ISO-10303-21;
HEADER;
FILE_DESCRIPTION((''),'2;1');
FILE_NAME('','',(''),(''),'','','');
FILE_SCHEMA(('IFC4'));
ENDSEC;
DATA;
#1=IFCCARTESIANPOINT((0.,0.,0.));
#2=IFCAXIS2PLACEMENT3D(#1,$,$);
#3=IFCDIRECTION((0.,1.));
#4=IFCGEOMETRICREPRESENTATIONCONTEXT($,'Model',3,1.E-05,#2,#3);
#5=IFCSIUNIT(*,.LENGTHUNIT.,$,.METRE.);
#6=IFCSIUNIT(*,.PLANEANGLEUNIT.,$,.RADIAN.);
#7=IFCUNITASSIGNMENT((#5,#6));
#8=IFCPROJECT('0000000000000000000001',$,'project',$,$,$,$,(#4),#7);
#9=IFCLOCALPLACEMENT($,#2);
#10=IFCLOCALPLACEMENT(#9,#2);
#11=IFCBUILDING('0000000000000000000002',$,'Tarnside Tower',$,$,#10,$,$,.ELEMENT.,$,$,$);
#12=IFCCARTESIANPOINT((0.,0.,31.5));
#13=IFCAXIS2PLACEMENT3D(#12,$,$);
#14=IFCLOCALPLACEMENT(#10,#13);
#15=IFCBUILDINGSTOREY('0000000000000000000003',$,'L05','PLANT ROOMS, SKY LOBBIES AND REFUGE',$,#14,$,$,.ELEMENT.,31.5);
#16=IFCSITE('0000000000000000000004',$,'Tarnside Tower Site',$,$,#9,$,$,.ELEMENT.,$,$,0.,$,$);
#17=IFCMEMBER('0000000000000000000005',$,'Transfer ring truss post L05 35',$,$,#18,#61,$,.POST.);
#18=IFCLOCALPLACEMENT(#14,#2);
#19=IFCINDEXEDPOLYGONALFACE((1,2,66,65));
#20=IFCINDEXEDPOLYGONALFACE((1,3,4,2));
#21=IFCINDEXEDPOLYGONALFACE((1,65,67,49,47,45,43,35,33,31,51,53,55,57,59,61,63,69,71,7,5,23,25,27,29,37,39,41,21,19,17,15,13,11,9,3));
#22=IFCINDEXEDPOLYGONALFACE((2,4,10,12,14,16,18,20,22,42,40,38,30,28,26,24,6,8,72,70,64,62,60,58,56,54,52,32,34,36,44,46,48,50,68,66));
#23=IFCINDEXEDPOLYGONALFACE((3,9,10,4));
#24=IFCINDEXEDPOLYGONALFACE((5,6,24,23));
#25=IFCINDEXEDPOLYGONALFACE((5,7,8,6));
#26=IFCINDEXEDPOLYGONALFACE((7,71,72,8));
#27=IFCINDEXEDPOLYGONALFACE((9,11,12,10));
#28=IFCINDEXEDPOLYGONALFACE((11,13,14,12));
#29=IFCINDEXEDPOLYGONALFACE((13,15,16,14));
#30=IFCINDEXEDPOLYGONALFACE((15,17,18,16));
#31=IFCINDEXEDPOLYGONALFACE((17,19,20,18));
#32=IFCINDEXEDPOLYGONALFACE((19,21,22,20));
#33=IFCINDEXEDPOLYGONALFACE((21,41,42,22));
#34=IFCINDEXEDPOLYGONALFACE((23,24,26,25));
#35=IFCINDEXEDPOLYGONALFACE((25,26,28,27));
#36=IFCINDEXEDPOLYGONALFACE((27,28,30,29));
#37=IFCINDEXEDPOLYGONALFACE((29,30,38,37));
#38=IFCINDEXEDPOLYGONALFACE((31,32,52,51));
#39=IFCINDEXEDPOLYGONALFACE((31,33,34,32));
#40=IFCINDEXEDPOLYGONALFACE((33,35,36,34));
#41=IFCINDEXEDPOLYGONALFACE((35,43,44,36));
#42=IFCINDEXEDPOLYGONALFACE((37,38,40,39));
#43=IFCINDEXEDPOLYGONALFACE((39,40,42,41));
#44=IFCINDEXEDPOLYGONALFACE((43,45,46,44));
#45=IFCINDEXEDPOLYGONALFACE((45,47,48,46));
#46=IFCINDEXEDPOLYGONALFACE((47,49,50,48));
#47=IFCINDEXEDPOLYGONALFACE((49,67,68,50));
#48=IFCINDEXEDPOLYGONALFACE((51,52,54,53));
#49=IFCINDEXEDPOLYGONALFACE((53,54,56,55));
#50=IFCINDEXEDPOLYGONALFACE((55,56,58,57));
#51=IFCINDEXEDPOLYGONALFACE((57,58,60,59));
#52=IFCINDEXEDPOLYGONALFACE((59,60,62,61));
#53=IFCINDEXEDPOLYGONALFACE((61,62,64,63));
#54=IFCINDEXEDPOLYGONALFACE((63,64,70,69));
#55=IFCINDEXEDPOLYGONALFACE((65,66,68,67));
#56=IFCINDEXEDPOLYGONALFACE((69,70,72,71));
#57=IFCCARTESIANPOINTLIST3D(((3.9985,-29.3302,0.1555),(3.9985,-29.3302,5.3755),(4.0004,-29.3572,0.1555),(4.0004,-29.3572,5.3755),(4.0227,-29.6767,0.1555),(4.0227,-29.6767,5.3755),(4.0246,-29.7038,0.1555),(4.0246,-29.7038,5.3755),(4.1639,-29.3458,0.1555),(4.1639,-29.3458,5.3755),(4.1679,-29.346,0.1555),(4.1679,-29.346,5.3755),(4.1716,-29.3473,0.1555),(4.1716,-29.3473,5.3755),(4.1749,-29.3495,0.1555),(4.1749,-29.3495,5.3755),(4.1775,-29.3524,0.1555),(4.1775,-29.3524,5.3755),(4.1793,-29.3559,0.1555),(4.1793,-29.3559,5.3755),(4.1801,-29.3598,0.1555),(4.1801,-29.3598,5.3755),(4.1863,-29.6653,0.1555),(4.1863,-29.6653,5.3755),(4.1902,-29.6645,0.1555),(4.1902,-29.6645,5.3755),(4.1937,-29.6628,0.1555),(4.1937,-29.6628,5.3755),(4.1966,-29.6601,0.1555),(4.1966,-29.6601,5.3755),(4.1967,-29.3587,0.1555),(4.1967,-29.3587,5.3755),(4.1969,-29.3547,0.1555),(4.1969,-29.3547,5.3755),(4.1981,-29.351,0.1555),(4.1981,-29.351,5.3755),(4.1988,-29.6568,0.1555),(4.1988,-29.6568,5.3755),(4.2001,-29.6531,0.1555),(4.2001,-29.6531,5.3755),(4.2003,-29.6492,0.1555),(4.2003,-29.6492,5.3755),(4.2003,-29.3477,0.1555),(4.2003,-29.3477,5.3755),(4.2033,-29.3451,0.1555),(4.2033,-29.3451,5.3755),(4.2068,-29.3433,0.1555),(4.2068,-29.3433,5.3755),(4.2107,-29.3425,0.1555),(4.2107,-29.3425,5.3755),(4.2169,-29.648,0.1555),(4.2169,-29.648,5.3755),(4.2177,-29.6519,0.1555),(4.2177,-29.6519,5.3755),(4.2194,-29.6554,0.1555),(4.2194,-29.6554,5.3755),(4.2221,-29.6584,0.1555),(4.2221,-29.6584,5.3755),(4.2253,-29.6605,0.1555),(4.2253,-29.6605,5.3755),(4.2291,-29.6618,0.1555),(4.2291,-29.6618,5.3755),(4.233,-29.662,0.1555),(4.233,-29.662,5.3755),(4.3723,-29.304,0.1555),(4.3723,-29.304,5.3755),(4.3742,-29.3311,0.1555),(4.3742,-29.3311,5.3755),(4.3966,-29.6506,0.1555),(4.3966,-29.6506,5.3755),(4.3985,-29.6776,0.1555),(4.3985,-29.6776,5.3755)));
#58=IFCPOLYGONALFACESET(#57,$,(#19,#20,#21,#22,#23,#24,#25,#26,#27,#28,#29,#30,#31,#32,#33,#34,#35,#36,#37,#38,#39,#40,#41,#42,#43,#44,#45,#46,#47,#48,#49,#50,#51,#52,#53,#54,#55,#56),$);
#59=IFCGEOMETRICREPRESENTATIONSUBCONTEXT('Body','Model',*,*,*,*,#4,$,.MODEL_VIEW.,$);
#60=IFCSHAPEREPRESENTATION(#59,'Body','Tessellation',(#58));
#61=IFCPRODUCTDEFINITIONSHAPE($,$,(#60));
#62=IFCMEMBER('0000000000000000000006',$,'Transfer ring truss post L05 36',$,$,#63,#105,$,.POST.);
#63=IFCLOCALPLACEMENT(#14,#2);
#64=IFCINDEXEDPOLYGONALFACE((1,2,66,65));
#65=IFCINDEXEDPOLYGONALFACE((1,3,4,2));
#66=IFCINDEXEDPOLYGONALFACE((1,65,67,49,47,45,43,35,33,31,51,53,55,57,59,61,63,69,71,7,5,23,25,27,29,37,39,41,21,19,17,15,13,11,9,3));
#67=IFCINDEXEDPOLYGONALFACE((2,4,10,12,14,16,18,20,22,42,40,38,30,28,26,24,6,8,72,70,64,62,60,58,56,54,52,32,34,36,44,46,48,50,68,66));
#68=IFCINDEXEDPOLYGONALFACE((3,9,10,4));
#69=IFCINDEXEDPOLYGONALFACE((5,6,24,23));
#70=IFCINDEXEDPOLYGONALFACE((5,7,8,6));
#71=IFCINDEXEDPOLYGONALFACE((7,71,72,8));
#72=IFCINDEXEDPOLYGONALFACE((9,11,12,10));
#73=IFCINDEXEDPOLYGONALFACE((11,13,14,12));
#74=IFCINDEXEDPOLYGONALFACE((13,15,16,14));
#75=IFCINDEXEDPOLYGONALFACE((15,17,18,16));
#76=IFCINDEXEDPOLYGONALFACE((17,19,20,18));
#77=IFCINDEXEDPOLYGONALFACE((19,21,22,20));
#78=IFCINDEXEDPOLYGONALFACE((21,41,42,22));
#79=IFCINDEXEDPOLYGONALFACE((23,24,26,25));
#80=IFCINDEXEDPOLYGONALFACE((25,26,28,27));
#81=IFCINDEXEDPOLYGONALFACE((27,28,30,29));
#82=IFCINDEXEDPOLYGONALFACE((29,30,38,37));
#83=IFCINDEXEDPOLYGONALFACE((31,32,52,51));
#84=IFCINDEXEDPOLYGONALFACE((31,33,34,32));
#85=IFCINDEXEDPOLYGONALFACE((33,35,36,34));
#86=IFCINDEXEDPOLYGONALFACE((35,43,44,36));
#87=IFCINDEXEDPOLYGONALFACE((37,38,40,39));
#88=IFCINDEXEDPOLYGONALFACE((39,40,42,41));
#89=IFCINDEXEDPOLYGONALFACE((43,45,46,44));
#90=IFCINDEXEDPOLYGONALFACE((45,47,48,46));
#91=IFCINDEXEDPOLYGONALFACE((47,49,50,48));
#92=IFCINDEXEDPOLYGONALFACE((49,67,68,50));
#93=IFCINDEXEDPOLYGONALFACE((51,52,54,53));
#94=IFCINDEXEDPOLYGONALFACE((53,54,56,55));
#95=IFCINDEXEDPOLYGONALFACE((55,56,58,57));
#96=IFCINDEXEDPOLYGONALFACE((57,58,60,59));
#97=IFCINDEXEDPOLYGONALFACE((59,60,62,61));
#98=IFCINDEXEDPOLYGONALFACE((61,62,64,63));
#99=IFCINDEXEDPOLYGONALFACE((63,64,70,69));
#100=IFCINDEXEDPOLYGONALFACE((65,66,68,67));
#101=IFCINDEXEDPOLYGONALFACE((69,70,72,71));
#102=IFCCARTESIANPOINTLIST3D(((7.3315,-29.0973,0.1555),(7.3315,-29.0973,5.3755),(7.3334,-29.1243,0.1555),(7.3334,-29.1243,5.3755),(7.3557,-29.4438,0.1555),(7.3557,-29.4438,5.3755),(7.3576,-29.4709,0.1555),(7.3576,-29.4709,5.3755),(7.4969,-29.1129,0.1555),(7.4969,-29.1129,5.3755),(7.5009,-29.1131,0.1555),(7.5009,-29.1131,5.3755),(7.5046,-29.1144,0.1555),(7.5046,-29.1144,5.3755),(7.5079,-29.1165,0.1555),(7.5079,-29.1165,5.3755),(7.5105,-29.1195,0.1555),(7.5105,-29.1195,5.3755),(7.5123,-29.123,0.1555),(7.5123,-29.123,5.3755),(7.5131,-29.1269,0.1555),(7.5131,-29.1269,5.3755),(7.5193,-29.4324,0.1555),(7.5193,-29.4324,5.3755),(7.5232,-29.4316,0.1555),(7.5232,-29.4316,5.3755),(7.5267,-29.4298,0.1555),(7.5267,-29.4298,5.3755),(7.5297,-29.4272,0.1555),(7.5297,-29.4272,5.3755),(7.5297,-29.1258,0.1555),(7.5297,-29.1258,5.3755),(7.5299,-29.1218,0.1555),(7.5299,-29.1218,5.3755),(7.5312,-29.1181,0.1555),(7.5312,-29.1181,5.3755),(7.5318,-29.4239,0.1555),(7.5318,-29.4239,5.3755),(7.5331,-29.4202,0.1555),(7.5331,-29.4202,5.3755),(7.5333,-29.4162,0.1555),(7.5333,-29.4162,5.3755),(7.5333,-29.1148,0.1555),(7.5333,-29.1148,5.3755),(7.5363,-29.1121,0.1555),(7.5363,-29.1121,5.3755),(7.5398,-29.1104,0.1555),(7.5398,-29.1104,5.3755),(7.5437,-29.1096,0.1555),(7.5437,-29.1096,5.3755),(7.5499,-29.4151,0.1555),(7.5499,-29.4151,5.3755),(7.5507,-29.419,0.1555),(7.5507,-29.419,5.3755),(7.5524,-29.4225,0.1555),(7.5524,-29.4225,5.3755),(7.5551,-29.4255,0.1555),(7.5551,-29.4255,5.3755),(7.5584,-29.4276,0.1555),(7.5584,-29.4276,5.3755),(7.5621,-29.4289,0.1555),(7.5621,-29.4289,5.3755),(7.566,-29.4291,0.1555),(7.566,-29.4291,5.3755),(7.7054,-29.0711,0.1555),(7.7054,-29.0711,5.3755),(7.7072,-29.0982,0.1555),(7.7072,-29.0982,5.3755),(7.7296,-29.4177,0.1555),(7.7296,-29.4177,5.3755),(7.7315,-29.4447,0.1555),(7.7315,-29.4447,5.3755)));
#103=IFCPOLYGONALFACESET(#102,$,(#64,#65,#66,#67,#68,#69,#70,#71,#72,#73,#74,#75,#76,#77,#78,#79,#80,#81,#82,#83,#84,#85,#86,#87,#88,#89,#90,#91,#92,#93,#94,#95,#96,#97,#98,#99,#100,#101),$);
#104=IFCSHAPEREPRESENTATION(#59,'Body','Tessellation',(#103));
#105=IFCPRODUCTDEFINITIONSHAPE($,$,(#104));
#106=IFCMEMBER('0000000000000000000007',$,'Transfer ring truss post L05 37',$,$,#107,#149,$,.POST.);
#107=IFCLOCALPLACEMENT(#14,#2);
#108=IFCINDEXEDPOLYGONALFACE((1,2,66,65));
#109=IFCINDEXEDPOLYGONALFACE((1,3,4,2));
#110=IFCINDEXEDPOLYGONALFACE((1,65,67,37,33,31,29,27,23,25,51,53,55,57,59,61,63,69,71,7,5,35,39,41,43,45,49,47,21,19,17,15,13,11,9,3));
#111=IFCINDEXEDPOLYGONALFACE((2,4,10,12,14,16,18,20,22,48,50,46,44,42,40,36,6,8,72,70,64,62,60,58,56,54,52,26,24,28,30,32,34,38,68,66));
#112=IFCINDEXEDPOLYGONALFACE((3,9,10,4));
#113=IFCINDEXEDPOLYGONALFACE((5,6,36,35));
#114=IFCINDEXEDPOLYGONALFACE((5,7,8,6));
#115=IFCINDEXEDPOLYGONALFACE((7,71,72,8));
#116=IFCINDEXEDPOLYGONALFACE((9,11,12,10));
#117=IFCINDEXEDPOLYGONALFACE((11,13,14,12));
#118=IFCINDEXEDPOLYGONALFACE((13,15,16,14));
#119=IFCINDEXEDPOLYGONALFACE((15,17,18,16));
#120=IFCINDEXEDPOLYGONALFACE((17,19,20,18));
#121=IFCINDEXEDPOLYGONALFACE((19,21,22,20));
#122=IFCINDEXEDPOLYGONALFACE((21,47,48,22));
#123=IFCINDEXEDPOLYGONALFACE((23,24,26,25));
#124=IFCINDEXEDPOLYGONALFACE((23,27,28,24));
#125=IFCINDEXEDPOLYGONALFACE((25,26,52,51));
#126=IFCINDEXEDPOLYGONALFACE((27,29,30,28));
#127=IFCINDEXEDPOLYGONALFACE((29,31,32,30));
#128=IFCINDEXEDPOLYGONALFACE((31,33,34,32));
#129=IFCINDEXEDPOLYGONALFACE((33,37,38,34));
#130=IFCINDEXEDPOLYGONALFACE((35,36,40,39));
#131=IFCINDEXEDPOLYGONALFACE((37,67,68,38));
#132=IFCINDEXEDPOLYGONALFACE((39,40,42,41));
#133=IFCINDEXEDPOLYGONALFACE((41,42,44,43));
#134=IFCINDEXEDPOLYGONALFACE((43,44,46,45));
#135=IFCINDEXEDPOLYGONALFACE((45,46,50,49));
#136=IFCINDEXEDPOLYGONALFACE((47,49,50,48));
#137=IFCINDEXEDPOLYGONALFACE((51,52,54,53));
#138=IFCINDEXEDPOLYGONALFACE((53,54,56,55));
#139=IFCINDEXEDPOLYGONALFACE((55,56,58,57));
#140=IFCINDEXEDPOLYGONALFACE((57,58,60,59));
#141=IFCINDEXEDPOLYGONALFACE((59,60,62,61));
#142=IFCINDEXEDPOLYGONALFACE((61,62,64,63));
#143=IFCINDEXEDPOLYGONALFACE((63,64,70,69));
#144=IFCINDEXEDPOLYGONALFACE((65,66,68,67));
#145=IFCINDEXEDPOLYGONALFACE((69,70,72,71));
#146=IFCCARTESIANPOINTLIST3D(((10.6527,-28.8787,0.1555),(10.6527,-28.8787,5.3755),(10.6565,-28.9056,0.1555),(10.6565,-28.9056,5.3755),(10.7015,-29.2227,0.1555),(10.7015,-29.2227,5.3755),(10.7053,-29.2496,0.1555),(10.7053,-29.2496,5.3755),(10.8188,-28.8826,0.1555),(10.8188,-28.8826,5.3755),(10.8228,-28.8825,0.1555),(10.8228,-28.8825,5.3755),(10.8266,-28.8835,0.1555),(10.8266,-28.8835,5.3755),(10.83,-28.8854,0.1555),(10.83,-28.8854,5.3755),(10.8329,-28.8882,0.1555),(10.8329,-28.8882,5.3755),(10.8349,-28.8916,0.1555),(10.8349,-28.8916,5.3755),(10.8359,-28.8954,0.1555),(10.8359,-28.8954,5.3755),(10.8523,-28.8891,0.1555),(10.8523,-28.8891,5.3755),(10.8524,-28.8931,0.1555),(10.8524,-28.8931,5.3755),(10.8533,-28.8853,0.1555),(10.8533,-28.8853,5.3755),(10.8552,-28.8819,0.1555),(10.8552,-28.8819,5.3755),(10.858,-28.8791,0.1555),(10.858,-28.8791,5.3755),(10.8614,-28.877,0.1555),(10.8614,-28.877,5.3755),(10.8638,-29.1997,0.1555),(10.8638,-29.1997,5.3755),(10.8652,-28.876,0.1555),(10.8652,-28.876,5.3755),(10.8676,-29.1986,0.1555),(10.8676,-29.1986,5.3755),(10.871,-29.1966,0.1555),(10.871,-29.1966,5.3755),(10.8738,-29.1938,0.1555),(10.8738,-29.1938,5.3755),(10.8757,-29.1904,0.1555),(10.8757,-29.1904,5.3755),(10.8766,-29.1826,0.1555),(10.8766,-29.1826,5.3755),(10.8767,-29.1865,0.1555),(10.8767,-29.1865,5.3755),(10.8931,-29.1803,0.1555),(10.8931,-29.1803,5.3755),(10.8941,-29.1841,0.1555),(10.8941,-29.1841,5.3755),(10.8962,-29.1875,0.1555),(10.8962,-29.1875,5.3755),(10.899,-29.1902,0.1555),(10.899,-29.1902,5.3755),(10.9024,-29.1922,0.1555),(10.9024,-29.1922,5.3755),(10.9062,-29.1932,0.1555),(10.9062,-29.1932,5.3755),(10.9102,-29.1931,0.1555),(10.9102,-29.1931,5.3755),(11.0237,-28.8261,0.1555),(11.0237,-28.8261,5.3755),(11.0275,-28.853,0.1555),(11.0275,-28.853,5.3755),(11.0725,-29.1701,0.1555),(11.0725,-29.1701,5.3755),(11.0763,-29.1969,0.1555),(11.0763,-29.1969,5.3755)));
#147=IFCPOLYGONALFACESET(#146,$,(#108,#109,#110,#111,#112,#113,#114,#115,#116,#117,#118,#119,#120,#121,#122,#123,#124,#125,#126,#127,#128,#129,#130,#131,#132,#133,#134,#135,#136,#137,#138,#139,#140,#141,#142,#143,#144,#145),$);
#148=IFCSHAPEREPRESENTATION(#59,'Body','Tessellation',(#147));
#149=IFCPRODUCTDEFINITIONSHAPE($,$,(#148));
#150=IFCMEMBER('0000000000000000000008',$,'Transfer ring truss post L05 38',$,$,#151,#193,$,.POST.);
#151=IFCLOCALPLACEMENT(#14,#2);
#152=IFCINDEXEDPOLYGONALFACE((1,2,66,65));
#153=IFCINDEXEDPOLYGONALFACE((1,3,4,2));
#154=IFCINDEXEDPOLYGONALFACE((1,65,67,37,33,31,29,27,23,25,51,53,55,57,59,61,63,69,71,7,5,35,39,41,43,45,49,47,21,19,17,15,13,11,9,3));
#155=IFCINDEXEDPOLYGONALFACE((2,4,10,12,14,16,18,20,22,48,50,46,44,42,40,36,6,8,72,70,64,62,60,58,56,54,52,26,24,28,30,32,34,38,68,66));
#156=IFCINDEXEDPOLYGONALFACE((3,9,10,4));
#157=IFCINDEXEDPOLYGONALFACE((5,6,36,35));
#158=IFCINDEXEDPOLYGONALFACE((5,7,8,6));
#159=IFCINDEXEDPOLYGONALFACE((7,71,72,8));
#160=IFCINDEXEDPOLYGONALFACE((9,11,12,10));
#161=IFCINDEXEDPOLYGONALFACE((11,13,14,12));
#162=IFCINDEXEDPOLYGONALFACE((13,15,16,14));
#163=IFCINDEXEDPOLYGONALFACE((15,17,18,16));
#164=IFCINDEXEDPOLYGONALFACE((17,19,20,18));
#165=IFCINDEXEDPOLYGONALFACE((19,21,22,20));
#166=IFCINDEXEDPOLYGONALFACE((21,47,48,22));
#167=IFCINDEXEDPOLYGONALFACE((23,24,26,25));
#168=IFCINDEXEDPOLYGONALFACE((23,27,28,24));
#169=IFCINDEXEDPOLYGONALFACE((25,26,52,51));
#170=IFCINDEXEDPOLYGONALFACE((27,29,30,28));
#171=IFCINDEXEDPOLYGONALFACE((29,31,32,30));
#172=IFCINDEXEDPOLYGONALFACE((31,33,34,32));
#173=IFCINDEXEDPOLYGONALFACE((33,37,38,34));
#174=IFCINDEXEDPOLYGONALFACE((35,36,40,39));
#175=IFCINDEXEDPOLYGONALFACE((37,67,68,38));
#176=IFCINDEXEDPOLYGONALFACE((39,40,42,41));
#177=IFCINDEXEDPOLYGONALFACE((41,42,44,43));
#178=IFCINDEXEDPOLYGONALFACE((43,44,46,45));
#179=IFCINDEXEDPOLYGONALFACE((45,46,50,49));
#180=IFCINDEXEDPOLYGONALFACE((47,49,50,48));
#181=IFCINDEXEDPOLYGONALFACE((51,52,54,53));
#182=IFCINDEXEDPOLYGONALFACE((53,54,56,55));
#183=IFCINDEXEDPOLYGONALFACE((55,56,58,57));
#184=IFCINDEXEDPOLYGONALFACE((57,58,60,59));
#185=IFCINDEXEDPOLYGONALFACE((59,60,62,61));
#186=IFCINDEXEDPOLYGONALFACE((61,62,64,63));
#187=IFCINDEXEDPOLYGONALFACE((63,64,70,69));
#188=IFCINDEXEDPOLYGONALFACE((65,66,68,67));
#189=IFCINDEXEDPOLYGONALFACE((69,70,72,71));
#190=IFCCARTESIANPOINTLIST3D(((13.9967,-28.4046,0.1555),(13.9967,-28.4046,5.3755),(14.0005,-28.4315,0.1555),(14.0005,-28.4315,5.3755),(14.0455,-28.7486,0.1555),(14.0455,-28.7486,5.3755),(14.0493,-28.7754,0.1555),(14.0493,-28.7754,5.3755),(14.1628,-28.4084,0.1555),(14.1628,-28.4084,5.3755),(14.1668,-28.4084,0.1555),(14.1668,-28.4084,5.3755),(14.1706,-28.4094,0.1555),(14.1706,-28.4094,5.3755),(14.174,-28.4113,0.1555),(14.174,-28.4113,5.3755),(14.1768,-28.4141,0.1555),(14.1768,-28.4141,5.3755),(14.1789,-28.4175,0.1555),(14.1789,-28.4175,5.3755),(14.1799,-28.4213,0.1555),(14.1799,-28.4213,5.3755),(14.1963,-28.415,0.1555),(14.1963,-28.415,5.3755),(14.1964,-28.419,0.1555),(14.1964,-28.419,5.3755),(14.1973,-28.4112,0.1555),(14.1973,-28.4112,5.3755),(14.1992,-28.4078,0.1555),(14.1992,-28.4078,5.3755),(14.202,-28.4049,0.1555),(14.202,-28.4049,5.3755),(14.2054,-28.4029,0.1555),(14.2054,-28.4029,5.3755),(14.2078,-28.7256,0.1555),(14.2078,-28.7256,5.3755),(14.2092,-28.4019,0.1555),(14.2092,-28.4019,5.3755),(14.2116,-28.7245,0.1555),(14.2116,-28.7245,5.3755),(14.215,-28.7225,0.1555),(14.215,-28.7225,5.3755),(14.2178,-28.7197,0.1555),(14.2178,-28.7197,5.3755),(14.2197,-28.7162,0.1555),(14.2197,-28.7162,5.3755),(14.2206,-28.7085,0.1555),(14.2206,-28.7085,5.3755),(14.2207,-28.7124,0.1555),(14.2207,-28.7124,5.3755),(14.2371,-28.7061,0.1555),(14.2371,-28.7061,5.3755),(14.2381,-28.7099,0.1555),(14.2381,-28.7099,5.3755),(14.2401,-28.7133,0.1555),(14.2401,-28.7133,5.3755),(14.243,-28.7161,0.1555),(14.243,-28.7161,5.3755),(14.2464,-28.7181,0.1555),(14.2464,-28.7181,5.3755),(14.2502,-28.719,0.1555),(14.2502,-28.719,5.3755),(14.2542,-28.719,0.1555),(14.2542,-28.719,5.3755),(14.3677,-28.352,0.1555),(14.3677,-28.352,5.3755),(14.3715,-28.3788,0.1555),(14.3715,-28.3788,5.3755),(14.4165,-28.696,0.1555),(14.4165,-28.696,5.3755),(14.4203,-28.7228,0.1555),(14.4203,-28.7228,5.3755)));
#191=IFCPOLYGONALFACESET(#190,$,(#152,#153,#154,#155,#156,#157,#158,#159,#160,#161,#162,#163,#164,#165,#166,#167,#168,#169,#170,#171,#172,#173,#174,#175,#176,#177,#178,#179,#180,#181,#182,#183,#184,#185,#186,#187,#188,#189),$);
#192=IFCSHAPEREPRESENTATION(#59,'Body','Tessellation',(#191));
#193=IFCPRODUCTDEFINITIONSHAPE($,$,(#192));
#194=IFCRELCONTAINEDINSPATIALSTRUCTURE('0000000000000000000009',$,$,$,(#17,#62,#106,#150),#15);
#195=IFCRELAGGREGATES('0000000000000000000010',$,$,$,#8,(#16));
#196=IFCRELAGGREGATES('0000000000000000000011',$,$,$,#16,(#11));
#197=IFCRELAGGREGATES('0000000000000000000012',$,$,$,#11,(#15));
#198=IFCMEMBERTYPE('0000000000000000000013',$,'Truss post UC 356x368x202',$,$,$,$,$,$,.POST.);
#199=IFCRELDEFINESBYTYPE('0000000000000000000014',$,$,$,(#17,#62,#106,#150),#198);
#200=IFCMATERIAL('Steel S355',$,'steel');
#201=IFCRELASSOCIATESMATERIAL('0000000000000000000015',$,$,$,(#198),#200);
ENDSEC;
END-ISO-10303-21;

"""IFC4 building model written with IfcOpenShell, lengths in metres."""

from ifc_helpers import new_model, si_unit, direction, frame, origin, origin_2d, place, context, subcontext, project, spatial, i_section, extrude, material, material_profile, profile_set, type_object, element, save


model = new_model("IFC4")

# Units and contexts
model_context = context("Model", 3, precision=1e-05, world=origin(), true_north=direction((0.0, 1.0)))
body_context = subcontext(model_context, "Body", "Model", "MODEL_VIEW")
ifc_project = project(units=[si_unit("LENGTHUNIT", "METRE"), si_unit("PLANEANGLEUNIT", "RADIAN")], contexts=[model_context])

# Site, building, storey
site_placement = place(None, origin())
site = spatial("IfcSite", under=ifc_project, at=site_placement, Name="Tarnside Tower Site", CompositionType="ELEMENT", RefElevation=0.0)
building_placement = place(site_placement, origin())
building = spatial("IfcBuilding", under=site, at=building_placement, Name="Tarnside Tower", CompositionType="ELEMENT")
storey_placement = place(building_placement, frame((0.0, 0.0, 31.5)))
storey = spatial("IfcBuildingStorey", under=building, at=storey_placement, Name="L05", Description="PLANT ROOMS, SKY LOBBIES AND REFUGE", CompositionType="ELEMENT", Elevation=31.5)

# Shared definitions
ifc_material_1 = material(Name="Steel S355", Category="steel")

# Members
ifc_material_profile_1 = material_profile(ifc_material_1, i_section(OverallWidth=0.3748, OverallDepth=0.3745, WebThickness=0.0166, FlangeThickness=0.0271, FilletRadius=0.0151, at=origin_2d()), Name="UC 356x368x202")
ifc_profile_set_1 = profile_set([ifc_material_profile_1], Name="Steel S355")
member_type_1 = type_object("IfcMemberType", Name="Truss post UC 356x368x202", PredefinedType="POST", material=ifc_profile_set_1)
for number, where, z_axis, x_axis, name in (
    (1, (4.1985, -29.5039, 0.1555), (0.0, 0.0, 1.0), (0.997564, 0.069756, 0.0), "Transfer ring truss post L05 35"),
    (2, (7.5315, -29.271, 0.1555), (0.0, 0.0, 1.0), (0.997564, 0.069756, 0.0), "Transfer ring truss post L05 36"),
    (3, (10.8645, -29.0378, 0.1555), (0.0, 0.0, 1.0), (0.990094, 0.140406, 0.0), "Transfer ring truss post L05 37"),
    (4, (14.2085, -28.5637, 0.1555), (0.0, 0.0, 1.0), (0.990094, 0.140406, 0.0), "Transfer ring truss post L05 38"),
):
    element("IfcMember", number, at=place(storey_placement, frame(where, z_axis=z_axis, x_axis=x_axis)), inside=storey, type_object=member_type_1, Name=name, PredefinedType="POST", context=body_context, shape_type="SweptSolid", body=[
        extrude(i_section(OverallWidth=0.3748, OverallDepth=0.3745, WebThickness=0.0166, FlangeThickness=0.0271, FilletRadius=0.0151, at=origin_2d()), origin(), (0.0, 0.0, 1.0), 5.22),
    ])

save(model, "model.ifc")
